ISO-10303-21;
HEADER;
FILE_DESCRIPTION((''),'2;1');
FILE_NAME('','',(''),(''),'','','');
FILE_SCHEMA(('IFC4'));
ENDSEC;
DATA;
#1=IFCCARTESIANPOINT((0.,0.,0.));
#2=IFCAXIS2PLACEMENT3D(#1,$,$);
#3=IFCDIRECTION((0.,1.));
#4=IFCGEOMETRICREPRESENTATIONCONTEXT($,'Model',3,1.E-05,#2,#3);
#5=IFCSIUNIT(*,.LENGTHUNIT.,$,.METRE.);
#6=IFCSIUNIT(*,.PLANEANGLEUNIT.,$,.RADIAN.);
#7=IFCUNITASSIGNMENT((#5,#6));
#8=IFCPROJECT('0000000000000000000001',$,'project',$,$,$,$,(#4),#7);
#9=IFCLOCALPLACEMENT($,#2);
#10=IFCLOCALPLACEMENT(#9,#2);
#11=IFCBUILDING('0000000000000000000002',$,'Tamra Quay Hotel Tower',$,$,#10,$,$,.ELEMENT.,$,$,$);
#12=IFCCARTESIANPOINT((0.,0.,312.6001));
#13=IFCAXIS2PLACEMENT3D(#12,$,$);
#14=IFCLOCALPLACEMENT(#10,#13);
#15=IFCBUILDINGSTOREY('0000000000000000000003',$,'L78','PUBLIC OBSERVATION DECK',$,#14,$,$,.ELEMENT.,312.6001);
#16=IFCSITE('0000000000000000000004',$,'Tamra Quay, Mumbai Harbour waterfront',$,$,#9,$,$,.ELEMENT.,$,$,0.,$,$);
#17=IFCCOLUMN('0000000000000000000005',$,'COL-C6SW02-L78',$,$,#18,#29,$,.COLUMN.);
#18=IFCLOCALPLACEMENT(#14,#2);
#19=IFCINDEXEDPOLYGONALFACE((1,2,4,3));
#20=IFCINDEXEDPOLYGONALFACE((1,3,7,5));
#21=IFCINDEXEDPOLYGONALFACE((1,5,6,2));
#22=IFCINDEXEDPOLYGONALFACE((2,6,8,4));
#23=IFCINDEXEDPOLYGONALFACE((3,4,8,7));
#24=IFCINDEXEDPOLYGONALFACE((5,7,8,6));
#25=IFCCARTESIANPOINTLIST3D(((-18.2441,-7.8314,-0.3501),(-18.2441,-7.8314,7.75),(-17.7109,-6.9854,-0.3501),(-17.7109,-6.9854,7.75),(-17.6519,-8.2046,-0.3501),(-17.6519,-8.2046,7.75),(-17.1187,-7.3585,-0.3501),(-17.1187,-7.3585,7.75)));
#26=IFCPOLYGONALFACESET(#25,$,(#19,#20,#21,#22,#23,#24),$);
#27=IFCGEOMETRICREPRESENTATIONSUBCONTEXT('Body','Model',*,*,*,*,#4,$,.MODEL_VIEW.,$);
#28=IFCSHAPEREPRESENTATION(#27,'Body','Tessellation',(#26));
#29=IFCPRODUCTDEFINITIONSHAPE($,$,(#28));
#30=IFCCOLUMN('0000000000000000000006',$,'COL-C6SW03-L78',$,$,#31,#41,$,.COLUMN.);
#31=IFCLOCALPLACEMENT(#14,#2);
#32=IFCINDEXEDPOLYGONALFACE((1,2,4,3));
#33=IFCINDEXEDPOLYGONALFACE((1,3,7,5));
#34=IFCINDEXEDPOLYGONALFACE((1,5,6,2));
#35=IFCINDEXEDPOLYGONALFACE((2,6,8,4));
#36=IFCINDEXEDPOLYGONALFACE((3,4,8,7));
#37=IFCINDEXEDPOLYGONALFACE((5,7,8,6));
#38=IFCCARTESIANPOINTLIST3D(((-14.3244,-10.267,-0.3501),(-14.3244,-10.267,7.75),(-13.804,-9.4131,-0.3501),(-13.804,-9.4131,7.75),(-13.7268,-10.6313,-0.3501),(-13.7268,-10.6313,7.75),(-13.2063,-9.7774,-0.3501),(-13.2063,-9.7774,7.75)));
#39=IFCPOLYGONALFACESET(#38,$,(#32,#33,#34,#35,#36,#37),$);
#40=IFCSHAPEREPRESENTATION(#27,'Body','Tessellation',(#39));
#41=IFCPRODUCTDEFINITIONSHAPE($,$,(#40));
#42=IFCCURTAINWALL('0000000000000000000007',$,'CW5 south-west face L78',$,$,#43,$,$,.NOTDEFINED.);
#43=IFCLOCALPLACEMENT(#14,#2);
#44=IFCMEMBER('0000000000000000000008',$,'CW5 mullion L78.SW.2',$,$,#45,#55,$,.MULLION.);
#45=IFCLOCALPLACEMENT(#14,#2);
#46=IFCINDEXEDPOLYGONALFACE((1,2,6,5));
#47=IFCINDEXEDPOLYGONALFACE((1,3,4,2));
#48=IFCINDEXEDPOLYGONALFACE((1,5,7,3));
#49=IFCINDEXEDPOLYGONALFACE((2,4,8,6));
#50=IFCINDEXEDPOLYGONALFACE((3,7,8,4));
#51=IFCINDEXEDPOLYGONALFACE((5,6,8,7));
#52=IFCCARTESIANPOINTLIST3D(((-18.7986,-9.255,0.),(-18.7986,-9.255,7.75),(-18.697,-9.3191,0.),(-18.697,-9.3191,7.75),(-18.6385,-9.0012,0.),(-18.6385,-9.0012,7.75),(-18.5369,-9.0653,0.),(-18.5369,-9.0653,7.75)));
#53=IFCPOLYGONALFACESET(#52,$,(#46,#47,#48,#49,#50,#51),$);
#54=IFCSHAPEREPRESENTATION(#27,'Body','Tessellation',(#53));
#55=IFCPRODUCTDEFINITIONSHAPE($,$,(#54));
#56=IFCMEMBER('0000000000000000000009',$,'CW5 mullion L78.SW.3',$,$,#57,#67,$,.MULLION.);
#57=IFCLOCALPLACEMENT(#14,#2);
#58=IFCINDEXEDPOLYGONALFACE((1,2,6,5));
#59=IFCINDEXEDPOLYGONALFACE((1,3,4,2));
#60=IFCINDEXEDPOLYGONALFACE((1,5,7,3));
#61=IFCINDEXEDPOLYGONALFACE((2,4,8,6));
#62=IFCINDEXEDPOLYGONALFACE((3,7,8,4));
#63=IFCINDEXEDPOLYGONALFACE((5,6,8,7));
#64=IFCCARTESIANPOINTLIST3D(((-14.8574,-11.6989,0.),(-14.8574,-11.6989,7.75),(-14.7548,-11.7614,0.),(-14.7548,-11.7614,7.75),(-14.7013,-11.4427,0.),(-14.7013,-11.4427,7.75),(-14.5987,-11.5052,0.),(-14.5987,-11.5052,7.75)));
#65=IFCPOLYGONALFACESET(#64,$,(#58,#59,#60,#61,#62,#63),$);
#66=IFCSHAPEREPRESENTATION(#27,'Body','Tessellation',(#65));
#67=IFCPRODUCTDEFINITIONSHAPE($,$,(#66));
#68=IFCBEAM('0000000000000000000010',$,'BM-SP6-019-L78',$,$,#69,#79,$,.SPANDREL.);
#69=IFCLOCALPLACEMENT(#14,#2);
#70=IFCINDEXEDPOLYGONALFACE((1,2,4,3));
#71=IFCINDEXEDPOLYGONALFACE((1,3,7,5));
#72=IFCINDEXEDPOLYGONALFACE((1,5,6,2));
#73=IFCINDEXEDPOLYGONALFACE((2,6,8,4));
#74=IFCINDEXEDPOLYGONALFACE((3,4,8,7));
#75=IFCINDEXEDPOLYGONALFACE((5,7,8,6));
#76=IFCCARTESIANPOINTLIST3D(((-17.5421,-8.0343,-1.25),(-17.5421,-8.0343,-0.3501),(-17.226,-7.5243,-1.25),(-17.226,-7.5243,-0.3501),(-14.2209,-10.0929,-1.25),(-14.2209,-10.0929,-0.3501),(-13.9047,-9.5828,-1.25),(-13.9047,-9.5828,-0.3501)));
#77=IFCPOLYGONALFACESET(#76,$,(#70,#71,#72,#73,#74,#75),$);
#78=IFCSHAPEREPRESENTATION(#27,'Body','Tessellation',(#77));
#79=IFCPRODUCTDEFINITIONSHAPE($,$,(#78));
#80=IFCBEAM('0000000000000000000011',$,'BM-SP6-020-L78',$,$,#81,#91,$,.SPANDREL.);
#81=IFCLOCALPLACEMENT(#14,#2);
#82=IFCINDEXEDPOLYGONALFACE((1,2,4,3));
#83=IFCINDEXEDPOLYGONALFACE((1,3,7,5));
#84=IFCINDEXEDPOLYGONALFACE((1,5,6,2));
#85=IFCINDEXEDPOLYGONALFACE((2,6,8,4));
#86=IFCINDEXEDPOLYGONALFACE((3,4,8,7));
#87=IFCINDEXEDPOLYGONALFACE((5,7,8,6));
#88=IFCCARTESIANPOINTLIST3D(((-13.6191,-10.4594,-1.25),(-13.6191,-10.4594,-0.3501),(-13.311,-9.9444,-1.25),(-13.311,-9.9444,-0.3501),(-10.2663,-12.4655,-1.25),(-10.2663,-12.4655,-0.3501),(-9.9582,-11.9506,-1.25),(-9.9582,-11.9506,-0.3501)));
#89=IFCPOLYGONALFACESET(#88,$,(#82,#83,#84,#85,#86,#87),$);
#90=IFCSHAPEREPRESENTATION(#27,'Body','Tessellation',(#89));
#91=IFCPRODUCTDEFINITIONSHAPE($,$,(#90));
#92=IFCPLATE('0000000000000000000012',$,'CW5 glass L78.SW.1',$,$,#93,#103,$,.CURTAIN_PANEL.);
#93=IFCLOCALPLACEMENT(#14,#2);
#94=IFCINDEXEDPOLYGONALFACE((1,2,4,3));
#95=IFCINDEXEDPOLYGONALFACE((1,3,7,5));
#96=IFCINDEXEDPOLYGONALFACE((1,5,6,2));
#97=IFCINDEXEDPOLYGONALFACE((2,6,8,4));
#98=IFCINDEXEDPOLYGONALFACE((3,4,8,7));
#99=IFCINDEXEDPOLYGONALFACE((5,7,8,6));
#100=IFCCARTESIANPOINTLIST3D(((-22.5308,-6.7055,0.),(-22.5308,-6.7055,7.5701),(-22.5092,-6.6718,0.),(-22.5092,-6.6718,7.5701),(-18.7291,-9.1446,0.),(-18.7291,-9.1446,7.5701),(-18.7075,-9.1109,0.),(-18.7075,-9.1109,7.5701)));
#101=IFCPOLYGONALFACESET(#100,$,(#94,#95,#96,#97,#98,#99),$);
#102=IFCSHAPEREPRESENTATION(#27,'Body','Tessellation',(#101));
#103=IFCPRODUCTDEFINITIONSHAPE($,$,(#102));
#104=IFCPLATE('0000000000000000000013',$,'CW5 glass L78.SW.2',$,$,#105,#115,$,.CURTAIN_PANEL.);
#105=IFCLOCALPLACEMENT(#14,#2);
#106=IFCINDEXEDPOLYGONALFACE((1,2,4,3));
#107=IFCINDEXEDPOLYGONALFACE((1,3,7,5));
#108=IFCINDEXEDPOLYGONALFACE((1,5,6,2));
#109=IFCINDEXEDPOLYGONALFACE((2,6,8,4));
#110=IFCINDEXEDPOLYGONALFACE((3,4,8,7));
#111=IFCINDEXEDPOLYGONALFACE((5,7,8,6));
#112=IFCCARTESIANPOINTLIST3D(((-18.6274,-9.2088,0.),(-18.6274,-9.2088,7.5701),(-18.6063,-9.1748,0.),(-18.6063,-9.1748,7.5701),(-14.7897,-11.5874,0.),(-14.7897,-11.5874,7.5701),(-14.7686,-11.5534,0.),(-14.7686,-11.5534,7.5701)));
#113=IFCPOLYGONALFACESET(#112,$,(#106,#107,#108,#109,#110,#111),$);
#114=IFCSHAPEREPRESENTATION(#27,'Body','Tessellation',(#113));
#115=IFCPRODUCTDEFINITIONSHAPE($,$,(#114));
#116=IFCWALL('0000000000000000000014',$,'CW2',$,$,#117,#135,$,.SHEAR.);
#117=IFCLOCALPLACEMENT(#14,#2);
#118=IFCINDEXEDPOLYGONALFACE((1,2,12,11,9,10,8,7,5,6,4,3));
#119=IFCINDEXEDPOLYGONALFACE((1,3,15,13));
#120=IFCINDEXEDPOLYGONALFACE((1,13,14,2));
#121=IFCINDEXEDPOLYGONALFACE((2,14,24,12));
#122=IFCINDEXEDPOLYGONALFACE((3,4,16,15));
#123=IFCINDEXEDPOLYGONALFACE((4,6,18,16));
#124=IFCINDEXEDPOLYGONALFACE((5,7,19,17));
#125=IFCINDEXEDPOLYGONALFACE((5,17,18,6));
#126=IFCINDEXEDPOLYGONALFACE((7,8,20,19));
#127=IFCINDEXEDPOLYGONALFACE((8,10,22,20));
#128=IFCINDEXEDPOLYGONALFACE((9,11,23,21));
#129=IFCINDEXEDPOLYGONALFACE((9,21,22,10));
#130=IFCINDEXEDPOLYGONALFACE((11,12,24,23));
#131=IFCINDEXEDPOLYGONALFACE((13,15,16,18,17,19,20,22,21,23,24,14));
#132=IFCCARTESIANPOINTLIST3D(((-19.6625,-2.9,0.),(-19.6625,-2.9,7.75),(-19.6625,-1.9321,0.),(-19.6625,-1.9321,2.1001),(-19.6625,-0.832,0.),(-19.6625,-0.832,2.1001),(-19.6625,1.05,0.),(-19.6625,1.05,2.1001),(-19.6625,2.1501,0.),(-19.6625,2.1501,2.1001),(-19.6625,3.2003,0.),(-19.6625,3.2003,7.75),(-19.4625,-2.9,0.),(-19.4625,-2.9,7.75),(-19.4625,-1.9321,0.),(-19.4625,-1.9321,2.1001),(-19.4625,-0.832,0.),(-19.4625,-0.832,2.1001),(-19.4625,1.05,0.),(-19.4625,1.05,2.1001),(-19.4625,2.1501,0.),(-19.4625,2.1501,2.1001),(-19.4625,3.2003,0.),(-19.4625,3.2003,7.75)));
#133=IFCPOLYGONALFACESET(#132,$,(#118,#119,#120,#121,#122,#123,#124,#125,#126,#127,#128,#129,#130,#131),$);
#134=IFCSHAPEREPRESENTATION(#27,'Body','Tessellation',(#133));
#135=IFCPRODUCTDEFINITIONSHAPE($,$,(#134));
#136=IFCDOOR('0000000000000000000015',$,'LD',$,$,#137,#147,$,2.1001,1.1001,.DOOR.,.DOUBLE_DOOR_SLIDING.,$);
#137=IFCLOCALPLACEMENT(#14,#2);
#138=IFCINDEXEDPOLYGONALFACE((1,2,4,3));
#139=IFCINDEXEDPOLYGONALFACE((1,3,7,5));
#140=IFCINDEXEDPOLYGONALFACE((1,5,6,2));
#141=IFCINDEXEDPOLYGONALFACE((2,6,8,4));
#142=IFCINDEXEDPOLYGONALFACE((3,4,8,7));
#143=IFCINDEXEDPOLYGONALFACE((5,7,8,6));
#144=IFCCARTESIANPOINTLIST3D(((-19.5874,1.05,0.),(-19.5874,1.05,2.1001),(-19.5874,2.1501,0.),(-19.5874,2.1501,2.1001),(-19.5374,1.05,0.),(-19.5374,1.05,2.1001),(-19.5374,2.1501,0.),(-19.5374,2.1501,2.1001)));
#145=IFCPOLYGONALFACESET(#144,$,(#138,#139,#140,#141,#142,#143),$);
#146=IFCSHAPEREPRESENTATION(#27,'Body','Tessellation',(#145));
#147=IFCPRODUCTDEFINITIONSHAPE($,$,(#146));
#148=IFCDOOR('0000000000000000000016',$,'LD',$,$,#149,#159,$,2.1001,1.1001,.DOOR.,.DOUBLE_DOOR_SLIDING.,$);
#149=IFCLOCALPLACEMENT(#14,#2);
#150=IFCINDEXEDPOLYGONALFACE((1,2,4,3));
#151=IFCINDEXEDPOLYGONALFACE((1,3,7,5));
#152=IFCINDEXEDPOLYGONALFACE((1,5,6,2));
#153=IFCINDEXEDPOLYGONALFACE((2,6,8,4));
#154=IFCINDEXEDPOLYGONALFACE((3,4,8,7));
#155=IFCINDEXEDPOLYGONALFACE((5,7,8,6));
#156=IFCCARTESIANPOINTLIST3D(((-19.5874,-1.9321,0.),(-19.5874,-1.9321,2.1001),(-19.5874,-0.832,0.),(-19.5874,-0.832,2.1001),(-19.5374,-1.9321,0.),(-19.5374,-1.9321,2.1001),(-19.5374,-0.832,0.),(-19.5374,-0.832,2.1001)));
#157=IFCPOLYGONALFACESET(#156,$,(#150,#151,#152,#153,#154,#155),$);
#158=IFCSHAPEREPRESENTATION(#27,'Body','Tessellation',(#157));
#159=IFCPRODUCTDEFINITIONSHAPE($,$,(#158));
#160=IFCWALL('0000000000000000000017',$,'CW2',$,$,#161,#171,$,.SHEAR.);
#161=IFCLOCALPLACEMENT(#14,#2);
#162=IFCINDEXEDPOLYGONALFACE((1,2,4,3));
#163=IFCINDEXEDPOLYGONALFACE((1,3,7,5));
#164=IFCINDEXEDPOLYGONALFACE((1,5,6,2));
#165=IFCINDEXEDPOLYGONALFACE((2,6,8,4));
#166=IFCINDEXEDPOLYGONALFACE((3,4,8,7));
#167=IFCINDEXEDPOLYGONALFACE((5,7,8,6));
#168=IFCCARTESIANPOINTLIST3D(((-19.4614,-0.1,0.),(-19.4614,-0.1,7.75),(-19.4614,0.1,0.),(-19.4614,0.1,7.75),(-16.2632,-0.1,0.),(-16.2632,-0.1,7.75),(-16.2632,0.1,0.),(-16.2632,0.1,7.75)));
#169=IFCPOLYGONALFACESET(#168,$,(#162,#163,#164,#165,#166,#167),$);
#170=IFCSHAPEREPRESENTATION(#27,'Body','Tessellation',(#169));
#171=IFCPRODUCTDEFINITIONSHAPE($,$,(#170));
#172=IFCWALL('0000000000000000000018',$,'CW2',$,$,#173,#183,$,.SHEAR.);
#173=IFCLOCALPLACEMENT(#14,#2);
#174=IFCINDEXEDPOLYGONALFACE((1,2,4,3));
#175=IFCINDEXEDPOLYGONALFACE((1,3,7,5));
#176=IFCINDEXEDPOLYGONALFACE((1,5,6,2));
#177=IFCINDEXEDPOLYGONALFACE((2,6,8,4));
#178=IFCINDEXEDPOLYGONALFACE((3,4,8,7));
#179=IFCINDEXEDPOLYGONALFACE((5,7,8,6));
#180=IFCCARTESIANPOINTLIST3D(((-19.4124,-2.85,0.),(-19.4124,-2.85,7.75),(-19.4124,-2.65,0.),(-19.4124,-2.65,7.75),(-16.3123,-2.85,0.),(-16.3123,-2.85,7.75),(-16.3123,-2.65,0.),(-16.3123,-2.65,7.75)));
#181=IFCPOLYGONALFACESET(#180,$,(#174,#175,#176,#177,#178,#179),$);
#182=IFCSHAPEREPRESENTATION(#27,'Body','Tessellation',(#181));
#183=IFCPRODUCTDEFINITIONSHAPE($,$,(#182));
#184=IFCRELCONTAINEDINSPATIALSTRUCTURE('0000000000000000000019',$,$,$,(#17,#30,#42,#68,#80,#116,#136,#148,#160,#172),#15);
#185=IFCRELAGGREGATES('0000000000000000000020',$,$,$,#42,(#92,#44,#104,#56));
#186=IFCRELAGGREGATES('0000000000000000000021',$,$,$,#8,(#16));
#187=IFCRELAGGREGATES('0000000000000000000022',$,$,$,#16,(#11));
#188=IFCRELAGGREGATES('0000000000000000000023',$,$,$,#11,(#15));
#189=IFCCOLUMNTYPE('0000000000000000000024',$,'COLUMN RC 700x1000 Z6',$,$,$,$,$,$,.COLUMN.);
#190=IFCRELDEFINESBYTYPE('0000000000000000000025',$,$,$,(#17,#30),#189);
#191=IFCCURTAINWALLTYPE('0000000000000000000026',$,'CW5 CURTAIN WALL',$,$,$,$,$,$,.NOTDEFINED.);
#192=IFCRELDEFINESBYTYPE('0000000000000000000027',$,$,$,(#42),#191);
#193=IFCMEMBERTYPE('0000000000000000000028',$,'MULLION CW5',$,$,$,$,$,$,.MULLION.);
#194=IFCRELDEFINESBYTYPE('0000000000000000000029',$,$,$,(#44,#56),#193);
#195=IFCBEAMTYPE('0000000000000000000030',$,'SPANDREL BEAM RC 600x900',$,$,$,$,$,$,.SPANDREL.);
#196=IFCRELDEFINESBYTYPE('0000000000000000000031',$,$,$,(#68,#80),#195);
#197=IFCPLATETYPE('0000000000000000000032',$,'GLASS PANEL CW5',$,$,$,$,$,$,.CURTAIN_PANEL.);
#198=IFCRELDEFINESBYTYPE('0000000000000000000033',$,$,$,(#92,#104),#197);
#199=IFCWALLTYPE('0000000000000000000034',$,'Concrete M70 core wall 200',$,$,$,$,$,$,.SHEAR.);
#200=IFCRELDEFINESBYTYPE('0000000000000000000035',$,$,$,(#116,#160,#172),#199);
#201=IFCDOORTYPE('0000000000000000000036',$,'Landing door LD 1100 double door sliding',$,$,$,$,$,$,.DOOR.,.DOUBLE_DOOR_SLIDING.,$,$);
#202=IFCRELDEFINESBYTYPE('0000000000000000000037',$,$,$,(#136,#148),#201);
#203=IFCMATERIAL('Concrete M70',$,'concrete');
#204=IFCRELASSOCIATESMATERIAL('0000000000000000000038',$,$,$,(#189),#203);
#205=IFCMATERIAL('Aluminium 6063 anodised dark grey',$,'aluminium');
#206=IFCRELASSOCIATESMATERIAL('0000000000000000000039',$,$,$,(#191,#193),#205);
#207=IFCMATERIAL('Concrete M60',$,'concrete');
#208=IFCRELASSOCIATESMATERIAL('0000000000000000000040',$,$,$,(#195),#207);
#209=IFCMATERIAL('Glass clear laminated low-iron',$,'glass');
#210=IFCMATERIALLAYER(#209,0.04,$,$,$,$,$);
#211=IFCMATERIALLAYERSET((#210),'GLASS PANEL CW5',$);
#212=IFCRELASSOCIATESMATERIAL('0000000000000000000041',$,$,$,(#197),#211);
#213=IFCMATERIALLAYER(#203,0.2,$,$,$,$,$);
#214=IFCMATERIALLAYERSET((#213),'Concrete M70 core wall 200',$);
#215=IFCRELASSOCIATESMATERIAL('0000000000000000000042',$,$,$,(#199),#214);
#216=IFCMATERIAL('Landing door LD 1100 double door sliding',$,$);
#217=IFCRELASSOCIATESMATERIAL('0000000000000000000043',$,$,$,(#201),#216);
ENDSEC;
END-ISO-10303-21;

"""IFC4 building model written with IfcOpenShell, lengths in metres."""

from ifc_helpers import new_model, si_unit, direction, frame, frame_2d, origin, origin_2d, place, context, subcontext, project, spatial, rectangle, extrude, material, layer, layer_set, material_profile, profile_set, type_object, element, fill, aggregate, save


model = new_model("IFC4")

# Units and contexts
model_context = context("Model", 3, precision=1e-05, world=origin(), true_north=direction((0.0, 1.0)))
body_context = subcontext(model_context, "Body", "Model", "MODEL_VIEW")
ifc_project = project(units=[si_unit("LENGTHUNIT", "METRE"), si_unit("PLANEANGLEUNIT", "RADIAN")], contexts=[model_context])

# Site, building, storey
site_placement = place(None, origin())
site = spatial("IfcSite", under=ifc_project, at=site_placement, Name="Tamra Quay, Mumbai Harbour waterfront", CompositionType="ELEMENT", RefElevation=0.0)
building_placement = place(site_placement, origin())
building = spatial("IfcBuilding", under=site, at=building_placement, Name="Tamra Quay Hotel Tower", CompositionType="ELEMENT")
storey_placement = place(building_placement, frame((0.0, 0.0, 312.6001)))
storey = spatial("IfcBuildingStorey", under=building, at=storey_placement, Name="L78", Description="PUBLIC OBSERVATION DECK", CompositionType="ELEMENT", Elevation=312.6001)

# Columns
ifc_material_1 = material(Name="Concrete M70", Category="concrete")
ifc_material_profile_1 = material_profile(ifc_material_1, rectangle(XDim=1.0, YDim=0.7, at=origin_2d()), Name="COLUMN RC 700x1000 Z6")
ifc_profile_set_1 = profile_set([ifc_material_profile_1], Name="Concrete M70")
column_type = type_object("IfcColumnType", Name="COLUMN RC 700x1000 Z6", PredefinedType="COLUMN", material=ifc_profile_set_1)
for number, where, z_axis, x_axis, name in (
    (1, (-17.6814, -7.595, -0.3501), (0.0, 0.0, 1.0), (0.533133, 0.846031, 0.0), "COL-C6SW02-L78"),
    (2, (-13.7654, -10.0222, -0.3501), (0.0, 0.0, 1.0), (0.52043, 0.853904, 0.0), "COL-C6SW03-L78"),
):
    element("IfcColumn", number, at=place(storey_placement, frame(where, z_axis=z_axis, x_axis=x_axis)), inside=storey, type_object=column_type, Name=name, PredefinedType="COLUMN", context=body_context, shape_type="SweptSolid", body=[
        extrude(rectangle(XDim=1.0, YDim=0.7, at=origin_2d()), origin(), (0.0, 0.0, 1.0), 8.1001),
    ])

# Curtain wall, members
ifc_material_2 = material(Name="Aluminium 6063 anodised dark grey", Category="aluminium")
curtain_wall_type = type_object("IfcCurtainWallType", Name="CW5 CURTAIN WALL", PredefinedType="NOTDEFINED", material=ifc_material_2)
curtain_wall_placement = place(storey_placement, origin())
curtain_wall = element("IfcCurtainWall", 3, at=curtain_wall_placement, inside=storey, type_object=curtain_wall_type, Name="CW5 south-west face L78", PredefinedType="NOTDEFINED")
ifc_material_profile_2 = material_profile(ifc_material_2, rectangle(XDim=0.3, YDim=0.1201, at=origin_2d()), Name="MULLION 120X300")
ifc_profile_set_2 = profile_set([ifc_material_profile_2], Name="Aluminium 6063 anodised dark grey")
member_type = type_object("IfcMemberType", Name="MULLION CW5", PredefinedType="MULLION", material=ifc_profile_set_2)
member_1_placement = place(storey_placement, frame((-18.6677, -9.1602, 0.0), z_axis=(0.0, 0.0, 1.0), x_axis=(-0.533422, -0.845849, 0.0)))
member_1 = element("IfcMember", 4, at=member_1_placement, type_object=member_type, Name="CW5 mullion L78.SW.2", PredefinedType="MULLION", context=body_context, shape_type="SweptSolid", body=[
    extrude(rectangle(XDim=0.3, YDim=0.1201, at=origin_2d()), origin(), (0.0, 0.0, 1.0), 7.75),
])
member_2_placement = place(storey_placement, frame((-14.728, -11.6021, 0.0), z_axis=(0.0, 0.0, 1.0), x_axis=(-0.52016, -0.854069, 0.0)))
member_2 = element("IfcMember", 5, at=member_2_placement, type_object=member_type, Name="CW5 mullion L78.SW.3", PredefinedType="MULLION", context=body_context, shape_type="SweptSolid", body=[
    extrude(rectangle(XDim=0.3, YDim=0.1201, at=origin_2d()), origin(), (0.0, 0.0, 1.0), 7.75),
])

# Beams
ifc_material_3 = material(Name="Concrete M60", Category="concrete")
ifc_material_profile_3 = material_profile(ifc_material_3, rectangle(XDim=0.6001, YDim=0.8999, at=origin_2d()), Name="SPANDREL BEAM RC 600x900")
ifc_profile_set_3 = profile_set([ifc_material_profile_3], Name="Concrete M60")
beam_type = type_object("IfcBeamType", Name="SPANDREL BEAM RC 600x900", PredefinedType="SPANDREL", material=ifc_profile_set_3)
beam_1_placement = place(storey_placement, frame((-17.384, -7.7793, -0.8), z_axis=(0.849972, -0.526828, 0.0), x_axis=(0.526828, 0.849972, 0.0)))
element("IfcBeam", 6, at=beam_1_placement, inside=storey, type_object=beam_type, Name="BM-SP6-019-L78", PredefinedType="SPANDREL", context=body_context, shape_type="SweptSolid", body=[
    extrude(rectangle(XDim=0.6001, YDim=0.8999, at=origin_2d()), origin(), (0.0, 0.0, 1.0), 3.9075),
])
beam_2_placement = place(storey_placement, frame((-13.4651, -10.2019, -0.8), z_axis=(0.858121, -0.513448, 0.0), x_axis=(0.513448, 0.858121, 0.0)))
element("IfcBeam", 7, at=beam_2_placement, inside=storey, type_object=beam_type, Name="BM-SP6-020-L78", PredefinedType="SPANDREL", context=body_context, shape_type="SweptSolid", body=[
    extrude(rectangle(XDim=0.6001, YDim=0.8999, at=origin_2d()), origin(), (0.0, 0.0, 1.0), 3.9072),
])

# Plates
ifc_material_4 = material(Name="Glass clear laminated low-iron", Category="glass")
ifc_layer_1 = layer(ifc_material_4, 0.04)
ifc_layer_set_1 = layer_set([ifc_layer_1], Name="GLASS PANEL CW5")
plate_type = type_object("IfcPlateType", Name="GLASS PANEL CW5", PredefinedType="CURTAIN_PANEL", material=ifc_layer_set_1)
plate_1_placement = place(storey_placement, frame((-20.6191, -7.9082, 0.0), z_axis=(0.0, 0.0, 1.0), x_axis=(0.841665, -0.54, 0.0)))
plate_1 = element("IfcPlate", 8, at=plate_1_placement, type_object=plate_type, Name="CW5 glass L78.SW.1", PredefinedType="CURTAIN_PANEL", context=body_context, shape_type="SweptSolid", body=[
    extrude(rectangle(XDim=4.5168, YDim=0.04, at=origin_2d()), origin(), (0.0, 0.0, 1.0), 7.5701),
])
plate_2_placement = place(storey_placement, frame((-16.698, -10.3811, 0.0), z_axis=(0.0, 0.0, 1.0), x_axis=(0.849982, -0.526812, 0.0)))
plate_2 = element("IfcPlate", 9, at=plate_2_placement, type_object=plate_type, Name="CW5 glass L78.SW.2", PredefinedType="CURTAIN_PANEL", context=body_context, shape_type="SweptSolid", body=[
    extrude(rectangle(XDim=4.5151, YDim=0.04, at=origin_2d()), origin(), (0.0, 0.0, 1.0), 7.5701),
])
aggregate(curtain_wall, [plate_1, member_1, plate_2, member_2])

# Wall, openings, doors
ifc_layer_2 = layer(ifc_material_1, 0.2)
ifc_layer_set_2 = layer_set([ifc_layer_2], Name="Concrete M70 core wall 200")
wall_type_1 = type_object("IfcWallType", Name="Concrete M70 core wall 200", PredefinedType="SHEAR", material=ifc_layer_set_2)
wall_1_placement = place(storey_placement, frame((-19.5625, -2.9001, 0.0), z_axis=(0.0, 0.0, 1.0), x_axis=(0.0, 1.0, 0.0)))
wall_1 = element("IfcWall", 10, at=wall_1_placement, inside=storey, type_object=wall_type_1, Name="CW2", PredefinedType="SHEAR", context=body_context, shape_type="SweptSolid", body=[
    extrude(rectangle(XDim=6.1003, YDim=0.2, at=frame_2d((3.0503, 0.0))), origin(), (0.0, 0.0, 1.0), 7.75),
])
opening_1_placement = place(wall_1_placement, frame((3.9502, 0.0, 0.0)))
opening_1 = element("IfcOpeningElement", 11, at=opening_1_placement, cuts=wall_1, PredefinedType="OPENING", context=body_context, shape_type="SweptSolid", body=[
    extrude(rectangle(XDim=1.1001, YDim=2.1001, at=frame_2d((0.55, 1.05))), frame((0.0, 0.1099, 0.0), z_axis=(0.0, -1.0, 0.0), x_axis=(1.0, 0.0, 0.0)), (0.0, 0.0, 1.0), 0.22),
])
opening_2_placement = place(wall_1_placement, frame((0.968, 0.0, 0.0)))
opening_2 = element("IfcOpeningElement", 12, at=opening_2_placement, cuts=wall_1, PredefinedType="OPENING", context=body_context, shape_type="SweptSolid", body=[
    extrude(rectangle(XDim=1.1001, YDim=2.1001, at=frame_2d((0.55, 1.05))), frame((0.0, 0.1099, 0.0), z_axis=(0.0, -1.0, 0.0), x_axis=(1.0, 0.0, 0.0)), (0.0, 0.0, 1.0), 0.22),
])
ifc_material_5 = material(Name="Landing door LD 1100 double door sliding")
door_type_1 = type_object("IfcDoorType", Name="Landing door LD 1100 double door sliding", OperationType="DOUBLE_DOOR_SLIDING", PredefinedType="DOOR", material=ifc_material_5)
door_1_placement = place(opening_1_placement, origin())
door_1 = element("IfcDoor", 13, at=door_1_placement, inside=storey, type_object=door_type_1, Name="LD", OperationType="DOUBLE_DOOR_SLIDING", OverallHeight=2.1001, OverallWidth=1.1001, PredefinedType="DOOR", context=body_context, shape_type="SweptSolid", body=[
    extrude(rectangle(XDim=1.1001, YDim=2.1001, at=frame_2d((0.55, 1.05))), frame((0.0, 0.0249, 0.0), z_axis=(0.0, -1.0, 0.0), x_axis=(1.0, 0.0, 0.0)), (0.0, 0.0, 1.0), 0.05),
])
fill(opening_1, door_1)
door_2_placement = place(opening_2_placement, origin())
door_2 = element("IfcDoor", 14, at=door_2_placement, inside=storey, type_object=door_type_1, Name="LD", OperationType="DOUBLE_DOOR_SLIDING", OverallHeight=2.1001, OverallWidth=1.1001, PredefinedType="DOOR", context=body_context, shape_type="SweptSolid", body=[
    extrude(rectangle(XDim=1.1001, YDim=2.1001, at=frame_2d((0.55, 1.05))), frame((0.0, 0.0249, 0.0), z_axis=(0.0, -1.0, 0.0), x_axis=(1.0, 0.0, 0.0)), (0.0, 0.0, 1.0), 0.05),
])
fill(opening_2, door_2)

# Walls
wall_2_placement = place(storey_placement, frame((-16.2632, 0.0, 0.0), z_axis=(0.0, 0.0, 1.0), x_axis=(-1.0, 0.0, 0.0)))
element("IfcWall", 15, at=wall_2_placement, inside=storey, type_object=wall_type_1, Name="CW2", PredefinedType="SHEAR", context=body_context, shape_type="SweptSolid", body=[
    extrude(rectangle(XDim=3.1982, YDim=0.2, at=frame_2d((1.5991, 0.0))), origin(), (0.0, 0.0, 1.0), 7.75),
])
wall_3_placement = place(storey_placement, frame((-19.4124, -2.75, 0.0), z_axis=(0.0, 0.0, 1.0), x_axis=(1.0, 0.0, 0.0)))
element("IfcWall", 16, at=wall_3_placement, inside=storey, type_object=wall_type_1, Name="CW2", PredefinedType="SHEAR", context=body_context, shape_type="SweptSolid", body=[
    extrude(rectangle(XDim=3.1001, YDim=0.2, at=frame_2d((1.55, 0.0))), origin(), (0.0, 0.0, 1.0), 7.75),
])

save(model, "model.ifc")
